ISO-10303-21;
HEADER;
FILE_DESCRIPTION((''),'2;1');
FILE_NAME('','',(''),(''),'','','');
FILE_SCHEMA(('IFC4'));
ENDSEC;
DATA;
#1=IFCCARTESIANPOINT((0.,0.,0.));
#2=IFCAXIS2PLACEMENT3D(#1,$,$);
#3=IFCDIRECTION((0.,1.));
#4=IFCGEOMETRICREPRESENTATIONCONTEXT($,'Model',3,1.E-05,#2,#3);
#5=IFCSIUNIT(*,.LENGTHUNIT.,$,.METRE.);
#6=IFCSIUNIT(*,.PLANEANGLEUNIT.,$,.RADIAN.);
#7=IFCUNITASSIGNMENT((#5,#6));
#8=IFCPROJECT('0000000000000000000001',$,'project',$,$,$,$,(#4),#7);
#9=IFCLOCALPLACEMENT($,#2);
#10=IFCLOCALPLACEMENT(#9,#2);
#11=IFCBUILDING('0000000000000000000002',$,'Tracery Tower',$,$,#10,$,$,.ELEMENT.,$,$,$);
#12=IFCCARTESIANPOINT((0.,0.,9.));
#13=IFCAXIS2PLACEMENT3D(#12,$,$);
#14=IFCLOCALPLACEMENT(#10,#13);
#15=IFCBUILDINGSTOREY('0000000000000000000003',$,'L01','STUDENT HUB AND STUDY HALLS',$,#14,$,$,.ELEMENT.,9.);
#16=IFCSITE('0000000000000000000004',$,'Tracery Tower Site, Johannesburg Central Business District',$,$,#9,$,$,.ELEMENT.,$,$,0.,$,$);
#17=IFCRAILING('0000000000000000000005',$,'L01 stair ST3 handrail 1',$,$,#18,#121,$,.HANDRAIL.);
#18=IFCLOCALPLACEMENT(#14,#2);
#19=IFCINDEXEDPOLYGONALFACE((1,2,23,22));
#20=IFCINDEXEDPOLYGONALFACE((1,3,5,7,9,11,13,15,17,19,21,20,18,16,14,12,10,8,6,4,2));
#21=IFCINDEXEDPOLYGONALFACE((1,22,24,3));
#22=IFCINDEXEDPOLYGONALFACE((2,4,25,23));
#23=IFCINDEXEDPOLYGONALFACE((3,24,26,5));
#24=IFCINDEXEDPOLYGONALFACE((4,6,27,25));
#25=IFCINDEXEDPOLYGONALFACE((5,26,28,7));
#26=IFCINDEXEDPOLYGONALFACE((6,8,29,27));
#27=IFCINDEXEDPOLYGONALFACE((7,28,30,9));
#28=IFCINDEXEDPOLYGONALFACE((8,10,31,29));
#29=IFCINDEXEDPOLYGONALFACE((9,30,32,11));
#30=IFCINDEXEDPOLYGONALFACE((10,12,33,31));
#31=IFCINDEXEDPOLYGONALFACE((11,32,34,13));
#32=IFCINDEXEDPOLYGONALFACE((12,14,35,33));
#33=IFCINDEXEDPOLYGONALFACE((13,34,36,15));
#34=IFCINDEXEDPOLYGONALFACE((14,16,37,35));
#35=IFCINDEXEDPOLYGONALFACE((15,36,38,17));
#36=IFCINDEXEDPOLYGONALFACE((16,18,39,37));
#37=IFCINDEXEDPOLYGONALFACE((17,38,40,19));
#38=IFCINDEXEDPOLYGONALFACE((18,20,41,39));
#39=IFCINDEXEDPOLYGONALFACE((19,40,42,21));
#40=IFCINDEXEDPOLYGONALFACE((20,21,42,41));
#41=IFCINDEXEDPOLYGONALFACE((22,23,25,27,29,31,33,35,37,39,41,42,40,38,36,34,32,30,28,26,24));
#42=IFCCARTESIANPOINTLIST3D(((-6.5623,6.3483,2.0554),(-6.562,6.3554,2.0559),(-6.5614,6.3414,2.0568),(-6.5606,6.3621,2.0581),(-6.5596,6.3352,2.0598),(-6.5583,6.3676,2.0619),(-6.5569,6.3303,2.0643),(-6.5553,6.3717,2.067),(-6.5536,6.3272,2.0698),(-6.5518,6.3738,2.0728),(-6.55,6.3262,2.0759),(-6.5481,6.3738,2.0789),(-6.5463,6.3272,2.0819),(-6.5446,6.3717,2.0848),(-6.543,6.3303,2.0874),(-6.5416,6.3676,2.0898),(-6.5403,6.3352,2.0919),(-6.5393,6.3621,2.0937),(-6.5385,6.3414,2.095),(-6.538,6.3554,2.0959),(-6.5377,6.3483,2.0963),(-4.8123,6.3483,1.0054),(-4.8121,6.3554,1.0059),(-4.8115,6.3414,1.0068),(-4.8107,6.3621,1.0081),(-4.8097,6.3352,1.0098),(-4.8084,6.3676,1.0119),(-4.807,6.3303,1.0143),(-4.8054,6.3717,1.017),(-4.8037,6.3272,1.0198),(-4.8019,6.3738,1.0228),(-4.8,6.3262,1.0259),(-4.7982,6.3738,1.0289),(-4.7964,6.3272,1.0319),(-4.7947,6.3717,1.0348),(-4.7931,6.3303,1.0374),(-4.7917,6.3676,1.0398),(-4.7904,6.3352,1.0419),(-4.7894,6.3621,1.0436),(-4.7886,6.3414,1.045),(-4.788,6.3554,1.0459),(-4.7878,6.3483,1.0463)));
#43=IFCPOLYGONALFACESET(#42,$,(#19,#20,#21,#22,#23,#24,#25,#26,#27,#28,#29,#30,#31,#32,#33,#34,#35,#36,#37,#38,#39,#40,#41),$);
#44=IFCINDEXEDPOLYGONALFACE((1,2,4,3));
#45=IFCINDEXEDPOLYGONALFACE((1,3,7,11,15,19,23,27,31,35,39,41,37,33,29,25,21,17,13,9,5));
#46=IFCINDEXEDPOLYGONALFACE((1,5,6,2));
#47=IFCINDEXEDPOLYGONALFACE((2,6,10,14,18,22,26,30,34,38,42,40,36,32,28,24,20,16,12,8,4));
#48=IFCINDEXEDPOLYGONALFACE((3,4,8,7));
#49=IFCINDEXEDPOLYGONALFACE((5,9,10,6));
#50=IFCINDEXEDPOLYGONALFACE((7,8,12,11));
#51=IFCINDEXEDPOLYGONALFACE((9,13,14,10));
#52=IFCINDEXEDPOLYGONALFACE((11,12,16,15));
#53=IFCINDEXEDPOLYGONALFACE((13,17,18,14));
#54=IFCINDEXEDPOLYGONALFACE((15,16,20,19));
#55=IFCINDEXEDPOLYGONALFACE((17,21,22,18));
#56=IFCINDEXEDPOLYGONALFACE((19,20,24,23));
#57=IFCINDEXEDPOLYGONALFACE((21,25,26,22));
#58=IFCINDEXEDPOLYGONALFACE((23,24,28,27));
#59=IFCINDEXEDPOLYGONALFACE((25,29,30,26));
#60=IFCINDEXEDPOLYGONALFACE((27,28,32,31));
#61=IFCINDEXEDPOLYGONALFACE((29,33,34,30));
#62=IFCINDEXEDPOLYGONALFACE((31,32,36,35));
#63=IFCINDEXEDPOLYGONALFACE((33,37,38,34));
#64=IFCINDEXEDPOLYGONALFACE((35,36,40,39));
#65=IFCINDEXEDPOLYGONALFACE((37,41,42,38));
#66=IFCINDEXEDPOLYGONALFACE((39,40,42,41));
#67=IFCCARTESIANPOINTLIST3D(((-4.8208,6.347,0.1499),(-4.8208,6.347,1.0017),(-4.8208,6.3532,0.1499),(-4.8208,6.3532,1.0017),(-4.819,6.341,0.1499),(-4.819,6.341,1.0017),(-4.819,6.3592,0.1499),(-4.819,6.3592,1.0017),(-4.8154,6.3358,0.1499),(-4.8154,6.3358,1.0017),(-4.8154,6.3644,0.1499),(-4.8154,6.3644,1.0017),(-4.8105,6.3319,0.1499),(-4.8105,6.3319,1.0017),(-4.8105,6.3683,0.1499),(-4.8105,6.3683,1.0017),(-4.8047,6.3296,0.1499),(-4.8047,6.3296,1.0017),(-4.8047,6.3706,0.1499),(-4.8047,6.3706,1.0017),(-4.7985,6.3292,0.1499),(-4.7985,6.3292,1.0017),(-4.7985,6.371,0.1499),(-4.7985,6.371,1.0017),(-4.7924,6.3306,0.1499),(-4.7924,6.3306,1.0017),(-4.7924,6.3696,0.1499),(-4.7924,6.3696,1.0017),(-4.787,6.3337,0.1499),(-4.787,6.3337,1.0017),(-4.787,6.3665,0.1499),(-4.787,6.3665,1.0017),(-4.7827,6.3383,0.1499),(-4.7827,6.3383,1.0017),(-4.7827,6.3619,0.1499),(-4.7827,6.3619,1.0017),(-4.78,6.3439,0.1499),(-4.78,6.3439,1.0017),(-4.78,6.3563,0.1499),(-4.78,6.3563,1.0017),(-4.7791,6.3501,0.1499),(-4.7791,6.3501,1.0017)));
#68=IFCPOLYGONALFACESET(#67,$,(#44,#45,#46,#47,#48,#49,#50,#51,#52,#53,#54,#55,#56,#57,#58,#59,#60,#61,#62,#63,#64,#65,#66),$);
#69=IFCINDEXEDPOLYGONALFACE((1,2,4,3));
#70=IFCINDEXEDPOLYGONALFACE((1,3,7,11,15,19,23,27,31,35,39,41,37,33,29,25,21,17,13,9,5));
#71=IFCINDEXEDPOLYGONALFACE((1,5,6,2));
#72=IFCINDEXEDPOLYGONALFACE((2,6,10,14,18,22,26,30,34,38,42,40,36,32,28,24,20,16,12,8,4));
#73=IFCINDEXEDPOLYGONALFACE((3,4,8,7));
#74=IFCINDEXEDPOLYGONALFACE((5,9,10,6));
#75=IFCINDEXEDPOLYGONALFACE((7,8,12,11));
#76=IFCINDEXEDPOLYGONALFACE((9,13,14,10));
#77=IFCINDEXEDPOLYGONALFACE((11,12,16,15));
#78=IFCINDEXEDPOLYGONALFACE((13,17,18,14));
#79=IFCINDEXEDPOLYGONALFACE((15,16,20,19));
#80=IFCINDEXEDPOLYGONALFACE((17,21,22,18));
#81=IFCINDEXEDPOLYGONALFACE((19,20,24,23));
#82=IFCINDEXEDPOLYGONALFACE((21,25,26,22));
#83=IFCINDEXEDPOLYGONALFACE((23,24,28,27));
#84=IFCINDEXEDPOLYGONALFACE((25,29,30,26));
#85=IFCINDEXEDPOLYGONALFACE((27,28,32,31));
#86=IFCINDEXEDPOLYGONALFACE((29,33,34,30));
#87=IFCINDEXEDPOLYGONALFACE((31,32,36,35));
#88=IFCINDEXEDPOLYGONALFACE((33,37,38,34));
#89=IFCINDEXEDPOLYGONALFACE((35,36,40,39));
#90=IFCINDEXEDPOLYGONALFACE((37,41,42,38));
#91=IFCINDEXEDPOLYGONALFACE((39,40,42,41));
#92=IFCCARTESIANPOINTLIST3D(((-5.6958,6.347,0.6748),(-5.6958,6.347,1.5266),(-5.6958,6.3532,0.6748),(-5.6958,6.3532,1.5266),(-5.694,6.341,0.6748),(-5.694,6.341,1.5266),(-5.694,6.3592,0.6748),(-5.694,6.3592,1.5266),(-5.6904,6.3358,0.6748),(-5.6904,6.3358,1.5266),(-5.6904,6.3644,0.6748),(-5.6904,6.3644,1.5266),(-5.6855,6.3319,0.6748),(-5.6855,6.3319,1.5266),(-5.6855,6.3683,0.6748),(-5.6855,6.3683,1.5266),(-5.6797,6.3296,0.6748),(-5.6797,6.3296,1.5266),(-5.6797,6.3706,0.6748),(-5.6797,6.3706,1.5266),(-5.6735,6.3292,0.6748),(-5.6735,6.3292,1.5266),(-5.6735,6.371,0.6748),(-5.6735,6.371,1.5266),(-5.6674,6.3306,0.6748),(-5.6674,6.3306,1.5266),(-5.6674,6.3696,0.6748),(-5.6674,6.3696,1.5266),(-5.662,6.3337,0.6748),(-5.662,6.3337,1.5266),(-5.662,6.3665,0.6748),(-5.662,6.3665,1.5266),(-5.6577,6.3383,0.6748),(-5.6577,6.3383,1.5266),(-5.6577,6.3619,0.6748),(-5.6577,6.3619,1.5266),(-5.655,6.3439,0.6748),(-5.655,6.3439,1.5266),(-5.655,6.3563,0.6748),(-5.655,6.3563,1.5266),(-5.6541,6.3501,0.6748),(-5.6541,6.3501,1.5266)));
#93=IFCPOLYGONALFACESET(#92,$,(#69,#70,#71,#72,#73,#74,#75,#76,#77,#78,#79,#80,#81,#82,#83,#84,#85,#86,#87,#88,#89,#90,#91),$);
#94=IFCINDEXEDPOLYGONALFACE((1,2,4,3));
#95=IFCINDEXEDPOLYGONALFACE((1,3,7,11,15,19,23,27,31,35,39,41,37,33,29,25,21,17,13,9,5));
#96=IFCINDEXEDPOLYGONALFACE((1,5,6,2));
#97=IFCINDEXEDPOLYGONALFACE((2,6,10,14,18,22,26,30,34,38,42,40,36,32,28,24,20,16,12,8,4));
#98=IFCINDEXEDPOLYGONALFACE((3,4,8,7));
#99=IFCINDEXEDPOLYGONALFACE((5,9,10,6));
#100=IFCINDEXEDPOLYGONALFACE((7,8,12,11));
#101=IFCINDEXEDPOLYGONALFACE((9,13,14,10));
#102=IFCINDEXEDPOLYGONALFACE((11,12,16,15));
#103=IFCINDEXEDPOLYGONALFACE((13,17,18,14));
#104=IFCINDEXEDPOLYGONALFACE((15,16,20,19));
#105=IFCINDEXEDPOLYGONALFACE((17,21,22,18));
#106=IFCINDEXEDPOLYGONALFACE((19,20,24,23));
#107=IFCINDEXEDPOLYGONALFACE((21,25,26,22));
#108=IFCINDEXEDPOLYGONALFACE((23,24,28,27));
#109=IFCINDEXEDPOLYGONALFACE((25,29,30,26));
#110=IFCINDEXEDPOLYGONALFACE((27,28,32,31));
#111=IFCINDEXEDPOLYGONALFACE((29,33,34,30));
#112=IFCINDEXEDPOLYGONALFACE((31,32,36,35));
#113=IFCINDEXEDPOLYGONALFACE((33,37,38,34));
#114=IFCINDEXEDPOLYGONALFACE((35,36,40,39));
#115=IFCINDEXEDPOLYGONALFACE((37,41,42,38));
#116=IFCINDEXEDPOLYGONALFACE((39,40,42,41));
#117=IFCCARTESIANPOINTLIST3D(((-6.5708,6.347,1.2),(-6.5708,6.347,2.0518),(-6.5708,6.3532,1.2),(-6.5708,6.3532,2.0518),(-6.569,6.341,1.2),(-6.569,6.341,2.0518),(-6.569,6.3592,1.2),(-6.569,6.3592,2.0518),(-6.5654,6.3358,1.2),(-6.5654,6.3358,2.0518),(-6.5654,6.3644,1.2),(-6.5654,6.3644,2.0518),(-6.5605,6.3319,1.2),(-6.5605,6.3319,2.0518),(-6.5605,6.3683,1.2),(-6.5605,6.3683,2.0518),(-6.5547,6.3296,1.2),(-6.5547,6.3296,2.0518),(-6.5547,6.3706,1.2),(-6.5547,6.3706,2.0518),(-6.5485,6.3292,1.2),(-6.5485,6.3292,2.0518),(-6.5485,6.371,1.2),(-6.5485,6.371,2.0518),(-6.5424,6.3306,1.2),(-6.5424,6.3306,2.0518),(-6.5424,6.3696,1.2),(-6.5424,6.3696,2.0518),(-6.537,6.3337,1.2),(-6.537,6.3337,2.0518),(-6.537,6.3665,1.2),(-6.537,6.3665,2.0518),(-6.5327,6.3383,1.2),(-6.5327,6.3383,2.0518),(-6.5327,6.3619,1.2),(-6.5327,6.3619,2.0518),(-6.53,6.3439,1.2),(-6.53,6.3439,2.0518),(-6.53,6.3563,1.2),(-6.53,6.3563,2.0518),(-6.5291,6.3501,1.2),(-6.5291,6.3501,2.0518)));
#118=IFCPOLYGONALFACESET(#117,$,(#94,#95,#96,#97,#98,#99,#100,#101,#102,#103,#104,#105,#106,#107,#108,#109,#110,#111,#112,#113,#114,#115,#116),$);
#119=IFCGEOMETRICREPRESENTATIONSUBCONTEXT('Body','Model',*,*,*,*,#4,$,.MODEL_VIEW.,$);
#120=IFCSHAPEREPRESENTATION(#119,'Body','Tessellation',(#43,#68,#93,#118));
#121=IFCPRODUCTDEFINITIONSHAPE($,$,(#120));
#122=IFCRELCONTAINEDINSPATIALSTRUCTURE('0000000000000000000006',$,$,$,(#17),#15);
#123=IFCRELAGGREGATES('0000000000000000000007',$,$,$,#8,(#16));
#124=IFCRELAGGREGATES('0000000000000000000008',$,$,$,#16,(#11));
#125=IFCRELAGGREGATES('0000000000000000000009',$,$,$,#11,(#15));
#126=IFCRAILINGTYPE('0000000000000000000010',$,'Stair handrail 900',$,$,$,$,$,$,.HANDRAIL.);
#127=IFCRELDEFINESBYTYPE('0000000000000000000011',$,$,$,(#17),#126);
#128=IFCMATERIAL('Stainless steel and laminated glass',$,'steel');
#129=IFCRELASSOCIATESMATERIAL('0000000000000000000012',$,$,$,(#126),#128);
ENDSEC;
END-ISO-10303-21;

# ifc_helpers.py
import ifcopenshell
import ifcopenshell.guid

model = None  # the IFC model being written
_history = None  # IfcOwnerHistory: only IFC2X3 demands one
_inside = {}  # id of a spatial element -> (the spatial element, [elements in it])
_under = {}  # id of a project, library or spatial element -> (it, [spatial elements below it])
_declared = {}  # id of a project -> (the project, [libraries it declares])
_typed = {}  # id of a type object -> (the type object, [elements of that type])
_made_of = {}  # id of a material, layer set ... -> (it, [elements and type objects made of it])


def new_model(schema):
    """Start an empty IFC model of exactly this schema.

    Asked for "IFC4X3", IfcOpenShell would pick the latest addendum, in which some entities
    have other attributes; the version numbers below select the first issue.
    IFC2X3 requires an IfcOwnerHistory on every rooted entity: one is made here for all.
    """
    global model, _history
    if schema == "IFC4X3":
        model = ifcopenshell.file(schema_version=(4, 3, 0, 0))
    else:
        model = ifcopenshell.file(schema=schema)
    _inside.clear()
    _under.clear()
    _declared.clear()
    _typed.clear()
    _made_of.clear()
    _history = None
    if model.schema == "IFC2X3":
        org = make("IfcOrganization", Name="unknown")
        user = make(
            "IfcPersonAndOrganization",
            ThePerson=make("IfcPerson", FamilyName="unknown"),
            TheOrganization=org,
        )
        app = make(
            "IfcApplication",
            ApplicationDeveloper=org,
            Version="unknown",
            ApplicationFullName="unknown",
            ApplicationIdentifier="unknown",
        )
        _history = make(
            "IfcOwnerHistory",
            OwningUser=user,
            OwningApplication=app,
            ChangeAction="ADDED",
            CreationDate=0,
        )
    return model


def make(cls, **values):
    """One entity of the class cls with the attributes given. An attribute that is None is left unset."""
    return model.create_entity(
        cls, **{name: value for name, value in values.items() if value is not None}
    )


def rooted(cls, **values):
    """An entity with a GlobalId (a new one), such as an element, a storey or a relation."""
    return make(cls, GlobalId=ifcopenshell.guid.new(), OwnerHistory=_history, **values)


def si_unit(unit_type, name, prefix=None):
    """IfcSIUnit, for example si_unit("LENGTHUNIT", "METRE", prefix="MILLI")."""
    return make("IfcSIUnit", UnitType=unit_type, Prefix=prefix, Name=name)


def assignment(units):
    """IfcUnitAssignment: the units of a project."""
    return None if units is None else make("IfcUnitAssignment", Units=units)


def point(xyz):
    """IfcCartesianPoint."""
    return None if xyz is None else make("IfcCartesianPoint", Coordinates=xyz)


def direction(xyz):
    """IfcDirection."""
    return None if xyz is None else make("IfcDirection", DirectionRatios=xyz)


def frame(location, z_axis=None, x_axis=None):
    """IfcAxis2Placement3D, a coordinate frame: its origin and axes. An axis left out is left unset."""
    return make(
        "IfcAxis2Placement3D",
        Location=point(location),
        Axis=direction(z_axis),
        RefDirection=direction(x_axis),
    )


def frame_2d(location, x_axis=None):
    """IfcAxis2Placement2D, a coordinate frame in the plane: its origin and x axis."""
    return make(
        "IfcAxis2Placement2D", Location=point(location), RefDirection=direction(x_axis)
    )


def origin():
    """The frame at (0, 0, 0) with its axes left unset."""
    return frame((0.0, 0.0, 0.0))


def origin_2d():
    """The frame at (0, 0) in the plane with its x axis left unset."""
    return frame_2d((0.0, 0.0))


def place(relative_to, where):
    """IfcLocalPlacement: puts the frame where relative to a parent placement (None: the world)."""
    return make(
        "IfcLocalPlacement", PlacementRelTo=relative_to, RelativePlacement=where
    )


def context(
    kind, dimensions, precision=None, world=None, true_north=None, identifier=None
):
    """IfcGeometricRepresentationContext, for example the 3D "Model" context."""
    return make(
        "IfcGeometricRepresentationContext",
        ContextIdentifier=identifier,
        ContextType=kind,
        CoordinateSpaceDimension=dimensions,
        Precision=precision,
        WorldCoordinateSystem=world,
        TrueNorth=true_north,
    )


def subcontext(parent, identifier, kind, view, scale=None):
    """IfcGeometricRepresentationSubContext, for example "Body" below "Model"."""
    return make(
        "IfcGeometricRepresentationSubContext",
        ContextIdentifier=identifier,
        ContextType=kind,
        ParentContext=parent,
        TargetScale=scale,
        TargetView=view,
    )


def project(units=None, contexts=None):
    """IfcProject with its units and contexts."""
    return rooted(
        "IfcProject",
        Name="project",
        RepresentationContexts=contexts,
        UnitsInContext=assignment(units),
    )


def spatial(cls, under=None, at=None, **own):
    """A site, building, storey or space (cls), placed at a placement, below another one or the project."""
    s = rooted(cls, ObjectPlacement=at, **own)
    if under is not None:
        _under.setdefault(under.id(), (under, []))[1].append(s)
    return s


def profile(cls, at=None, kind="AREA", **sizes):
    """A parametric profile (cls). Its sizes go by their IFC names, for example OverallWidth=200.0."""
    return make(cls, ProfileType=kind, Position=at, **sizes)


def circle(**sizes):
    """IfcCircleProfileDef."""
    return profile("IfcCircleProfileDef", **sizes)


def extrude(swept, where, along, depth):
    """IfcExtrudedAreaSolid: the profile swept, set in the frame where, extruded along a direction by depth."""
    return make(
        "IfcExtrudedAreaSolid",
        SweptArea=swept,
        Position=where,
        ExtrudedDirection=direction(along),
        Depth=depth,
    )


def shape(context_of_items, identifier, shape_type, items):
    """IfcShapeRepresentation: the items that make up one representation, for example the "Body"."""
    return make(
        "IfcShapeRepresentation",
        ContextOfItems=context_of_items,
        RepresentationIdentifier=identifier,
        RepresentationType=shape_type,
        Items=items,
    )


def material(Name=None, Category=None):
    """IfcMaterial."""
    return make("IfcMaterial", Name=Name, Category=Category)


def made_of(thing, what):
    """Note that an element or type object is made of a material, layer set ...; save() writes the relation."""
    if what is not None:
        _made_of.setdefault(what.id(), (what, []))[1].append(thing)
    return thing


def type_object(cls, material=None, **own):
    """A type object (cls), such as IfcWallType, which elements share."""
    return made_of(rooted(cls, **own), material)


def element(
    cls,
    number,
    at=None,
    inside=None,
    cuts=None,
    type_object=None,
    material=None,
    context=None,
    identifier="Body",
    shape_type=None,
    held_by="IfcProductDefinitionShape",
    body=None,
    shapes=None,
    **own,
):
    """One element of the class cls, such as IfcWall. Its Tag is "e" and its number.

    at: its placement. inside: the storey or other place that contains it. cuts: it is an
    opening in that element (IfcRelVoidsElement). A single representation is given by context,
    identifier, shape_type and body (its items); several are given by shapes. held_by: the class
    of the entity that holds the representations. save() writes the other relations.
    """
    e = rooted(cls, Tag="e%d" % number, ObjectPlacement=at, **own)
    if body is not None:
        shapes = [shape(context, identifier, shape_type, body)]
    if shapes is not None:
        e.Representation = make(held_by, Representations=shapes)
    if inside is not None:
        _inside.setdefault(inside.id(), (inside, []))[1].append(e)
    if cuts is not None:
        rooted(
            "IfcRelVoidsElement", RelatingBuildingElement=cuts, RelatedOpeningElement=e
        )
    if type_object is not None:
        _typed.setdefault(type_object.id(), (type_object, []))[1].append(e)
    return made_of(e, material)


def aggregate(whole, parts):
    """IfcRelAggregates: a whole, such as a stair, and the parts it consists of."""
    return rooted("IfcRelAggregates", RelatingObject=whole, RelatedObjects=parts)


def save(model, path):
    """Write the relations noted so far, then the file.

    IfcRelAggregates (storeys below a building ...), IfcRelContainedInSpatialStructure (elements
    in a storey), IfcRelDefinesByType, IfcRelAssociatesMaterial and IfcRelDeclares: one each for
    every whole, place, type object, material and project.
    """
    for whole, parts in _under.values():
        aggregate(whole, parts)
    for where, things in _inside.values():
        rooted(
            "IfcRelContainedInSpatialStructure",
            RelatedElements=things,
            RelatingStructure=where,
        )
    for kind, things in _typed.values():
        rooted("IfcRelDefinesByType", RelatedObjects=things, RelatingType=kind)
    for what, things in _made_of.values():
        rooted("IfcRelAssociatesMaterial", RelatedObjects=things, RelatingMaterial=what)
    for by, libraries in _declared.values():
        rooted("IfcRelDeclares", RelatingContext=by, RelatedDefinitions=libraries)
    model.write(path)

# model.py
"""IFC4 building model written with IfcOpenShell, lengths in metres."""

from ifc_helpers import new_model, si_unit, direction, frame, origin, origin_2d, place, context, subcontext, project, spatial, circle, extrude, material, type_object, element, save


model = new_model("IFC4")

# Units and contexts
model_context = context("Model", 3, precision=1e-05, world=origin(), true_north=direction((0.0, 1.0)))
body_context = subcontext(model_context, "Body", "Model", "MODEL_VIEW")
ifc_project = project(units=[si_unit("LENGTHUNIT", "METRE"), si_unit("PLANEANGLEUNIT", "RADIAN")], contexts=[model_context])

# Site, building, storey
site_placement = place(None, origin())
site = spatial("IfcSite", under=ifc_project, at=site_placement, Name="Tracery Tower Site, Johannesburg Central Business District", CompositionType="ELEMENT", RefElevation=0.0)
building_placement = place(site_placement, origin())
building = spatial("IfcBuilding", under=site, at=building_placement, Name="Tracery Tower", CompositionType="ELEMENT")
storey_placement = place(building_placement, frame((0.0, 0.0, 9.0)))
storey = spatial("IfcBuildingStorey", under=building, at=storey_placement, Name="L01", Description="STUDENT HUB AND STUDY HALLS", CompositionType="ELEMENT", Elevation=9.0)

# Railing
ifc_material_1 = material(Name="Stainless steel and laminated glass", Category="steel")
railing_type_1 = type_object("IfcRailingType", Name="Stair handrail 900", PredefinedType="HANDRAIL", material=ifc_material_1)
railing_1_placement = place(storey_placement, frame((-4.8, 6.3501, 0.1499)))
element("IfcRailing", 1, at=railing_1_placement, inside=storey, type_object=railing_type_1, Name="L01 stair ST3 handrail 1", PredefinedType="HANDRAIL", context=body_context, shape_type="SweptSolid", body=[
    extrude(circle(Radius=0.0239, at=origin_2d()), frame((0.0, 0.0, 0.876), z_axis=(-0.857482, 0.0, 0.514513), x_axis=(0.0, -1.0, 0.0)), (0.0, 0.0, 1.0), 2.0408),
    extrude(circle(Radius=0.021, at=origin_2d()), origin(), (0.0, 0.0, 1.0), 0.8518),
    extrude(circle(Radius=0.021, at=origin_2d()), frame((-0.875, 0.0, 0.5249)), (0.0, 0.0, 1.0), 0.8518),
    extrude(circle(Radius=0.021, at=origin_2d()), frame((-1.75, 0.0, 1.05)), (0.0, 0.0, 1.0), 0.8518),
])

save(model, "model.ifc")
